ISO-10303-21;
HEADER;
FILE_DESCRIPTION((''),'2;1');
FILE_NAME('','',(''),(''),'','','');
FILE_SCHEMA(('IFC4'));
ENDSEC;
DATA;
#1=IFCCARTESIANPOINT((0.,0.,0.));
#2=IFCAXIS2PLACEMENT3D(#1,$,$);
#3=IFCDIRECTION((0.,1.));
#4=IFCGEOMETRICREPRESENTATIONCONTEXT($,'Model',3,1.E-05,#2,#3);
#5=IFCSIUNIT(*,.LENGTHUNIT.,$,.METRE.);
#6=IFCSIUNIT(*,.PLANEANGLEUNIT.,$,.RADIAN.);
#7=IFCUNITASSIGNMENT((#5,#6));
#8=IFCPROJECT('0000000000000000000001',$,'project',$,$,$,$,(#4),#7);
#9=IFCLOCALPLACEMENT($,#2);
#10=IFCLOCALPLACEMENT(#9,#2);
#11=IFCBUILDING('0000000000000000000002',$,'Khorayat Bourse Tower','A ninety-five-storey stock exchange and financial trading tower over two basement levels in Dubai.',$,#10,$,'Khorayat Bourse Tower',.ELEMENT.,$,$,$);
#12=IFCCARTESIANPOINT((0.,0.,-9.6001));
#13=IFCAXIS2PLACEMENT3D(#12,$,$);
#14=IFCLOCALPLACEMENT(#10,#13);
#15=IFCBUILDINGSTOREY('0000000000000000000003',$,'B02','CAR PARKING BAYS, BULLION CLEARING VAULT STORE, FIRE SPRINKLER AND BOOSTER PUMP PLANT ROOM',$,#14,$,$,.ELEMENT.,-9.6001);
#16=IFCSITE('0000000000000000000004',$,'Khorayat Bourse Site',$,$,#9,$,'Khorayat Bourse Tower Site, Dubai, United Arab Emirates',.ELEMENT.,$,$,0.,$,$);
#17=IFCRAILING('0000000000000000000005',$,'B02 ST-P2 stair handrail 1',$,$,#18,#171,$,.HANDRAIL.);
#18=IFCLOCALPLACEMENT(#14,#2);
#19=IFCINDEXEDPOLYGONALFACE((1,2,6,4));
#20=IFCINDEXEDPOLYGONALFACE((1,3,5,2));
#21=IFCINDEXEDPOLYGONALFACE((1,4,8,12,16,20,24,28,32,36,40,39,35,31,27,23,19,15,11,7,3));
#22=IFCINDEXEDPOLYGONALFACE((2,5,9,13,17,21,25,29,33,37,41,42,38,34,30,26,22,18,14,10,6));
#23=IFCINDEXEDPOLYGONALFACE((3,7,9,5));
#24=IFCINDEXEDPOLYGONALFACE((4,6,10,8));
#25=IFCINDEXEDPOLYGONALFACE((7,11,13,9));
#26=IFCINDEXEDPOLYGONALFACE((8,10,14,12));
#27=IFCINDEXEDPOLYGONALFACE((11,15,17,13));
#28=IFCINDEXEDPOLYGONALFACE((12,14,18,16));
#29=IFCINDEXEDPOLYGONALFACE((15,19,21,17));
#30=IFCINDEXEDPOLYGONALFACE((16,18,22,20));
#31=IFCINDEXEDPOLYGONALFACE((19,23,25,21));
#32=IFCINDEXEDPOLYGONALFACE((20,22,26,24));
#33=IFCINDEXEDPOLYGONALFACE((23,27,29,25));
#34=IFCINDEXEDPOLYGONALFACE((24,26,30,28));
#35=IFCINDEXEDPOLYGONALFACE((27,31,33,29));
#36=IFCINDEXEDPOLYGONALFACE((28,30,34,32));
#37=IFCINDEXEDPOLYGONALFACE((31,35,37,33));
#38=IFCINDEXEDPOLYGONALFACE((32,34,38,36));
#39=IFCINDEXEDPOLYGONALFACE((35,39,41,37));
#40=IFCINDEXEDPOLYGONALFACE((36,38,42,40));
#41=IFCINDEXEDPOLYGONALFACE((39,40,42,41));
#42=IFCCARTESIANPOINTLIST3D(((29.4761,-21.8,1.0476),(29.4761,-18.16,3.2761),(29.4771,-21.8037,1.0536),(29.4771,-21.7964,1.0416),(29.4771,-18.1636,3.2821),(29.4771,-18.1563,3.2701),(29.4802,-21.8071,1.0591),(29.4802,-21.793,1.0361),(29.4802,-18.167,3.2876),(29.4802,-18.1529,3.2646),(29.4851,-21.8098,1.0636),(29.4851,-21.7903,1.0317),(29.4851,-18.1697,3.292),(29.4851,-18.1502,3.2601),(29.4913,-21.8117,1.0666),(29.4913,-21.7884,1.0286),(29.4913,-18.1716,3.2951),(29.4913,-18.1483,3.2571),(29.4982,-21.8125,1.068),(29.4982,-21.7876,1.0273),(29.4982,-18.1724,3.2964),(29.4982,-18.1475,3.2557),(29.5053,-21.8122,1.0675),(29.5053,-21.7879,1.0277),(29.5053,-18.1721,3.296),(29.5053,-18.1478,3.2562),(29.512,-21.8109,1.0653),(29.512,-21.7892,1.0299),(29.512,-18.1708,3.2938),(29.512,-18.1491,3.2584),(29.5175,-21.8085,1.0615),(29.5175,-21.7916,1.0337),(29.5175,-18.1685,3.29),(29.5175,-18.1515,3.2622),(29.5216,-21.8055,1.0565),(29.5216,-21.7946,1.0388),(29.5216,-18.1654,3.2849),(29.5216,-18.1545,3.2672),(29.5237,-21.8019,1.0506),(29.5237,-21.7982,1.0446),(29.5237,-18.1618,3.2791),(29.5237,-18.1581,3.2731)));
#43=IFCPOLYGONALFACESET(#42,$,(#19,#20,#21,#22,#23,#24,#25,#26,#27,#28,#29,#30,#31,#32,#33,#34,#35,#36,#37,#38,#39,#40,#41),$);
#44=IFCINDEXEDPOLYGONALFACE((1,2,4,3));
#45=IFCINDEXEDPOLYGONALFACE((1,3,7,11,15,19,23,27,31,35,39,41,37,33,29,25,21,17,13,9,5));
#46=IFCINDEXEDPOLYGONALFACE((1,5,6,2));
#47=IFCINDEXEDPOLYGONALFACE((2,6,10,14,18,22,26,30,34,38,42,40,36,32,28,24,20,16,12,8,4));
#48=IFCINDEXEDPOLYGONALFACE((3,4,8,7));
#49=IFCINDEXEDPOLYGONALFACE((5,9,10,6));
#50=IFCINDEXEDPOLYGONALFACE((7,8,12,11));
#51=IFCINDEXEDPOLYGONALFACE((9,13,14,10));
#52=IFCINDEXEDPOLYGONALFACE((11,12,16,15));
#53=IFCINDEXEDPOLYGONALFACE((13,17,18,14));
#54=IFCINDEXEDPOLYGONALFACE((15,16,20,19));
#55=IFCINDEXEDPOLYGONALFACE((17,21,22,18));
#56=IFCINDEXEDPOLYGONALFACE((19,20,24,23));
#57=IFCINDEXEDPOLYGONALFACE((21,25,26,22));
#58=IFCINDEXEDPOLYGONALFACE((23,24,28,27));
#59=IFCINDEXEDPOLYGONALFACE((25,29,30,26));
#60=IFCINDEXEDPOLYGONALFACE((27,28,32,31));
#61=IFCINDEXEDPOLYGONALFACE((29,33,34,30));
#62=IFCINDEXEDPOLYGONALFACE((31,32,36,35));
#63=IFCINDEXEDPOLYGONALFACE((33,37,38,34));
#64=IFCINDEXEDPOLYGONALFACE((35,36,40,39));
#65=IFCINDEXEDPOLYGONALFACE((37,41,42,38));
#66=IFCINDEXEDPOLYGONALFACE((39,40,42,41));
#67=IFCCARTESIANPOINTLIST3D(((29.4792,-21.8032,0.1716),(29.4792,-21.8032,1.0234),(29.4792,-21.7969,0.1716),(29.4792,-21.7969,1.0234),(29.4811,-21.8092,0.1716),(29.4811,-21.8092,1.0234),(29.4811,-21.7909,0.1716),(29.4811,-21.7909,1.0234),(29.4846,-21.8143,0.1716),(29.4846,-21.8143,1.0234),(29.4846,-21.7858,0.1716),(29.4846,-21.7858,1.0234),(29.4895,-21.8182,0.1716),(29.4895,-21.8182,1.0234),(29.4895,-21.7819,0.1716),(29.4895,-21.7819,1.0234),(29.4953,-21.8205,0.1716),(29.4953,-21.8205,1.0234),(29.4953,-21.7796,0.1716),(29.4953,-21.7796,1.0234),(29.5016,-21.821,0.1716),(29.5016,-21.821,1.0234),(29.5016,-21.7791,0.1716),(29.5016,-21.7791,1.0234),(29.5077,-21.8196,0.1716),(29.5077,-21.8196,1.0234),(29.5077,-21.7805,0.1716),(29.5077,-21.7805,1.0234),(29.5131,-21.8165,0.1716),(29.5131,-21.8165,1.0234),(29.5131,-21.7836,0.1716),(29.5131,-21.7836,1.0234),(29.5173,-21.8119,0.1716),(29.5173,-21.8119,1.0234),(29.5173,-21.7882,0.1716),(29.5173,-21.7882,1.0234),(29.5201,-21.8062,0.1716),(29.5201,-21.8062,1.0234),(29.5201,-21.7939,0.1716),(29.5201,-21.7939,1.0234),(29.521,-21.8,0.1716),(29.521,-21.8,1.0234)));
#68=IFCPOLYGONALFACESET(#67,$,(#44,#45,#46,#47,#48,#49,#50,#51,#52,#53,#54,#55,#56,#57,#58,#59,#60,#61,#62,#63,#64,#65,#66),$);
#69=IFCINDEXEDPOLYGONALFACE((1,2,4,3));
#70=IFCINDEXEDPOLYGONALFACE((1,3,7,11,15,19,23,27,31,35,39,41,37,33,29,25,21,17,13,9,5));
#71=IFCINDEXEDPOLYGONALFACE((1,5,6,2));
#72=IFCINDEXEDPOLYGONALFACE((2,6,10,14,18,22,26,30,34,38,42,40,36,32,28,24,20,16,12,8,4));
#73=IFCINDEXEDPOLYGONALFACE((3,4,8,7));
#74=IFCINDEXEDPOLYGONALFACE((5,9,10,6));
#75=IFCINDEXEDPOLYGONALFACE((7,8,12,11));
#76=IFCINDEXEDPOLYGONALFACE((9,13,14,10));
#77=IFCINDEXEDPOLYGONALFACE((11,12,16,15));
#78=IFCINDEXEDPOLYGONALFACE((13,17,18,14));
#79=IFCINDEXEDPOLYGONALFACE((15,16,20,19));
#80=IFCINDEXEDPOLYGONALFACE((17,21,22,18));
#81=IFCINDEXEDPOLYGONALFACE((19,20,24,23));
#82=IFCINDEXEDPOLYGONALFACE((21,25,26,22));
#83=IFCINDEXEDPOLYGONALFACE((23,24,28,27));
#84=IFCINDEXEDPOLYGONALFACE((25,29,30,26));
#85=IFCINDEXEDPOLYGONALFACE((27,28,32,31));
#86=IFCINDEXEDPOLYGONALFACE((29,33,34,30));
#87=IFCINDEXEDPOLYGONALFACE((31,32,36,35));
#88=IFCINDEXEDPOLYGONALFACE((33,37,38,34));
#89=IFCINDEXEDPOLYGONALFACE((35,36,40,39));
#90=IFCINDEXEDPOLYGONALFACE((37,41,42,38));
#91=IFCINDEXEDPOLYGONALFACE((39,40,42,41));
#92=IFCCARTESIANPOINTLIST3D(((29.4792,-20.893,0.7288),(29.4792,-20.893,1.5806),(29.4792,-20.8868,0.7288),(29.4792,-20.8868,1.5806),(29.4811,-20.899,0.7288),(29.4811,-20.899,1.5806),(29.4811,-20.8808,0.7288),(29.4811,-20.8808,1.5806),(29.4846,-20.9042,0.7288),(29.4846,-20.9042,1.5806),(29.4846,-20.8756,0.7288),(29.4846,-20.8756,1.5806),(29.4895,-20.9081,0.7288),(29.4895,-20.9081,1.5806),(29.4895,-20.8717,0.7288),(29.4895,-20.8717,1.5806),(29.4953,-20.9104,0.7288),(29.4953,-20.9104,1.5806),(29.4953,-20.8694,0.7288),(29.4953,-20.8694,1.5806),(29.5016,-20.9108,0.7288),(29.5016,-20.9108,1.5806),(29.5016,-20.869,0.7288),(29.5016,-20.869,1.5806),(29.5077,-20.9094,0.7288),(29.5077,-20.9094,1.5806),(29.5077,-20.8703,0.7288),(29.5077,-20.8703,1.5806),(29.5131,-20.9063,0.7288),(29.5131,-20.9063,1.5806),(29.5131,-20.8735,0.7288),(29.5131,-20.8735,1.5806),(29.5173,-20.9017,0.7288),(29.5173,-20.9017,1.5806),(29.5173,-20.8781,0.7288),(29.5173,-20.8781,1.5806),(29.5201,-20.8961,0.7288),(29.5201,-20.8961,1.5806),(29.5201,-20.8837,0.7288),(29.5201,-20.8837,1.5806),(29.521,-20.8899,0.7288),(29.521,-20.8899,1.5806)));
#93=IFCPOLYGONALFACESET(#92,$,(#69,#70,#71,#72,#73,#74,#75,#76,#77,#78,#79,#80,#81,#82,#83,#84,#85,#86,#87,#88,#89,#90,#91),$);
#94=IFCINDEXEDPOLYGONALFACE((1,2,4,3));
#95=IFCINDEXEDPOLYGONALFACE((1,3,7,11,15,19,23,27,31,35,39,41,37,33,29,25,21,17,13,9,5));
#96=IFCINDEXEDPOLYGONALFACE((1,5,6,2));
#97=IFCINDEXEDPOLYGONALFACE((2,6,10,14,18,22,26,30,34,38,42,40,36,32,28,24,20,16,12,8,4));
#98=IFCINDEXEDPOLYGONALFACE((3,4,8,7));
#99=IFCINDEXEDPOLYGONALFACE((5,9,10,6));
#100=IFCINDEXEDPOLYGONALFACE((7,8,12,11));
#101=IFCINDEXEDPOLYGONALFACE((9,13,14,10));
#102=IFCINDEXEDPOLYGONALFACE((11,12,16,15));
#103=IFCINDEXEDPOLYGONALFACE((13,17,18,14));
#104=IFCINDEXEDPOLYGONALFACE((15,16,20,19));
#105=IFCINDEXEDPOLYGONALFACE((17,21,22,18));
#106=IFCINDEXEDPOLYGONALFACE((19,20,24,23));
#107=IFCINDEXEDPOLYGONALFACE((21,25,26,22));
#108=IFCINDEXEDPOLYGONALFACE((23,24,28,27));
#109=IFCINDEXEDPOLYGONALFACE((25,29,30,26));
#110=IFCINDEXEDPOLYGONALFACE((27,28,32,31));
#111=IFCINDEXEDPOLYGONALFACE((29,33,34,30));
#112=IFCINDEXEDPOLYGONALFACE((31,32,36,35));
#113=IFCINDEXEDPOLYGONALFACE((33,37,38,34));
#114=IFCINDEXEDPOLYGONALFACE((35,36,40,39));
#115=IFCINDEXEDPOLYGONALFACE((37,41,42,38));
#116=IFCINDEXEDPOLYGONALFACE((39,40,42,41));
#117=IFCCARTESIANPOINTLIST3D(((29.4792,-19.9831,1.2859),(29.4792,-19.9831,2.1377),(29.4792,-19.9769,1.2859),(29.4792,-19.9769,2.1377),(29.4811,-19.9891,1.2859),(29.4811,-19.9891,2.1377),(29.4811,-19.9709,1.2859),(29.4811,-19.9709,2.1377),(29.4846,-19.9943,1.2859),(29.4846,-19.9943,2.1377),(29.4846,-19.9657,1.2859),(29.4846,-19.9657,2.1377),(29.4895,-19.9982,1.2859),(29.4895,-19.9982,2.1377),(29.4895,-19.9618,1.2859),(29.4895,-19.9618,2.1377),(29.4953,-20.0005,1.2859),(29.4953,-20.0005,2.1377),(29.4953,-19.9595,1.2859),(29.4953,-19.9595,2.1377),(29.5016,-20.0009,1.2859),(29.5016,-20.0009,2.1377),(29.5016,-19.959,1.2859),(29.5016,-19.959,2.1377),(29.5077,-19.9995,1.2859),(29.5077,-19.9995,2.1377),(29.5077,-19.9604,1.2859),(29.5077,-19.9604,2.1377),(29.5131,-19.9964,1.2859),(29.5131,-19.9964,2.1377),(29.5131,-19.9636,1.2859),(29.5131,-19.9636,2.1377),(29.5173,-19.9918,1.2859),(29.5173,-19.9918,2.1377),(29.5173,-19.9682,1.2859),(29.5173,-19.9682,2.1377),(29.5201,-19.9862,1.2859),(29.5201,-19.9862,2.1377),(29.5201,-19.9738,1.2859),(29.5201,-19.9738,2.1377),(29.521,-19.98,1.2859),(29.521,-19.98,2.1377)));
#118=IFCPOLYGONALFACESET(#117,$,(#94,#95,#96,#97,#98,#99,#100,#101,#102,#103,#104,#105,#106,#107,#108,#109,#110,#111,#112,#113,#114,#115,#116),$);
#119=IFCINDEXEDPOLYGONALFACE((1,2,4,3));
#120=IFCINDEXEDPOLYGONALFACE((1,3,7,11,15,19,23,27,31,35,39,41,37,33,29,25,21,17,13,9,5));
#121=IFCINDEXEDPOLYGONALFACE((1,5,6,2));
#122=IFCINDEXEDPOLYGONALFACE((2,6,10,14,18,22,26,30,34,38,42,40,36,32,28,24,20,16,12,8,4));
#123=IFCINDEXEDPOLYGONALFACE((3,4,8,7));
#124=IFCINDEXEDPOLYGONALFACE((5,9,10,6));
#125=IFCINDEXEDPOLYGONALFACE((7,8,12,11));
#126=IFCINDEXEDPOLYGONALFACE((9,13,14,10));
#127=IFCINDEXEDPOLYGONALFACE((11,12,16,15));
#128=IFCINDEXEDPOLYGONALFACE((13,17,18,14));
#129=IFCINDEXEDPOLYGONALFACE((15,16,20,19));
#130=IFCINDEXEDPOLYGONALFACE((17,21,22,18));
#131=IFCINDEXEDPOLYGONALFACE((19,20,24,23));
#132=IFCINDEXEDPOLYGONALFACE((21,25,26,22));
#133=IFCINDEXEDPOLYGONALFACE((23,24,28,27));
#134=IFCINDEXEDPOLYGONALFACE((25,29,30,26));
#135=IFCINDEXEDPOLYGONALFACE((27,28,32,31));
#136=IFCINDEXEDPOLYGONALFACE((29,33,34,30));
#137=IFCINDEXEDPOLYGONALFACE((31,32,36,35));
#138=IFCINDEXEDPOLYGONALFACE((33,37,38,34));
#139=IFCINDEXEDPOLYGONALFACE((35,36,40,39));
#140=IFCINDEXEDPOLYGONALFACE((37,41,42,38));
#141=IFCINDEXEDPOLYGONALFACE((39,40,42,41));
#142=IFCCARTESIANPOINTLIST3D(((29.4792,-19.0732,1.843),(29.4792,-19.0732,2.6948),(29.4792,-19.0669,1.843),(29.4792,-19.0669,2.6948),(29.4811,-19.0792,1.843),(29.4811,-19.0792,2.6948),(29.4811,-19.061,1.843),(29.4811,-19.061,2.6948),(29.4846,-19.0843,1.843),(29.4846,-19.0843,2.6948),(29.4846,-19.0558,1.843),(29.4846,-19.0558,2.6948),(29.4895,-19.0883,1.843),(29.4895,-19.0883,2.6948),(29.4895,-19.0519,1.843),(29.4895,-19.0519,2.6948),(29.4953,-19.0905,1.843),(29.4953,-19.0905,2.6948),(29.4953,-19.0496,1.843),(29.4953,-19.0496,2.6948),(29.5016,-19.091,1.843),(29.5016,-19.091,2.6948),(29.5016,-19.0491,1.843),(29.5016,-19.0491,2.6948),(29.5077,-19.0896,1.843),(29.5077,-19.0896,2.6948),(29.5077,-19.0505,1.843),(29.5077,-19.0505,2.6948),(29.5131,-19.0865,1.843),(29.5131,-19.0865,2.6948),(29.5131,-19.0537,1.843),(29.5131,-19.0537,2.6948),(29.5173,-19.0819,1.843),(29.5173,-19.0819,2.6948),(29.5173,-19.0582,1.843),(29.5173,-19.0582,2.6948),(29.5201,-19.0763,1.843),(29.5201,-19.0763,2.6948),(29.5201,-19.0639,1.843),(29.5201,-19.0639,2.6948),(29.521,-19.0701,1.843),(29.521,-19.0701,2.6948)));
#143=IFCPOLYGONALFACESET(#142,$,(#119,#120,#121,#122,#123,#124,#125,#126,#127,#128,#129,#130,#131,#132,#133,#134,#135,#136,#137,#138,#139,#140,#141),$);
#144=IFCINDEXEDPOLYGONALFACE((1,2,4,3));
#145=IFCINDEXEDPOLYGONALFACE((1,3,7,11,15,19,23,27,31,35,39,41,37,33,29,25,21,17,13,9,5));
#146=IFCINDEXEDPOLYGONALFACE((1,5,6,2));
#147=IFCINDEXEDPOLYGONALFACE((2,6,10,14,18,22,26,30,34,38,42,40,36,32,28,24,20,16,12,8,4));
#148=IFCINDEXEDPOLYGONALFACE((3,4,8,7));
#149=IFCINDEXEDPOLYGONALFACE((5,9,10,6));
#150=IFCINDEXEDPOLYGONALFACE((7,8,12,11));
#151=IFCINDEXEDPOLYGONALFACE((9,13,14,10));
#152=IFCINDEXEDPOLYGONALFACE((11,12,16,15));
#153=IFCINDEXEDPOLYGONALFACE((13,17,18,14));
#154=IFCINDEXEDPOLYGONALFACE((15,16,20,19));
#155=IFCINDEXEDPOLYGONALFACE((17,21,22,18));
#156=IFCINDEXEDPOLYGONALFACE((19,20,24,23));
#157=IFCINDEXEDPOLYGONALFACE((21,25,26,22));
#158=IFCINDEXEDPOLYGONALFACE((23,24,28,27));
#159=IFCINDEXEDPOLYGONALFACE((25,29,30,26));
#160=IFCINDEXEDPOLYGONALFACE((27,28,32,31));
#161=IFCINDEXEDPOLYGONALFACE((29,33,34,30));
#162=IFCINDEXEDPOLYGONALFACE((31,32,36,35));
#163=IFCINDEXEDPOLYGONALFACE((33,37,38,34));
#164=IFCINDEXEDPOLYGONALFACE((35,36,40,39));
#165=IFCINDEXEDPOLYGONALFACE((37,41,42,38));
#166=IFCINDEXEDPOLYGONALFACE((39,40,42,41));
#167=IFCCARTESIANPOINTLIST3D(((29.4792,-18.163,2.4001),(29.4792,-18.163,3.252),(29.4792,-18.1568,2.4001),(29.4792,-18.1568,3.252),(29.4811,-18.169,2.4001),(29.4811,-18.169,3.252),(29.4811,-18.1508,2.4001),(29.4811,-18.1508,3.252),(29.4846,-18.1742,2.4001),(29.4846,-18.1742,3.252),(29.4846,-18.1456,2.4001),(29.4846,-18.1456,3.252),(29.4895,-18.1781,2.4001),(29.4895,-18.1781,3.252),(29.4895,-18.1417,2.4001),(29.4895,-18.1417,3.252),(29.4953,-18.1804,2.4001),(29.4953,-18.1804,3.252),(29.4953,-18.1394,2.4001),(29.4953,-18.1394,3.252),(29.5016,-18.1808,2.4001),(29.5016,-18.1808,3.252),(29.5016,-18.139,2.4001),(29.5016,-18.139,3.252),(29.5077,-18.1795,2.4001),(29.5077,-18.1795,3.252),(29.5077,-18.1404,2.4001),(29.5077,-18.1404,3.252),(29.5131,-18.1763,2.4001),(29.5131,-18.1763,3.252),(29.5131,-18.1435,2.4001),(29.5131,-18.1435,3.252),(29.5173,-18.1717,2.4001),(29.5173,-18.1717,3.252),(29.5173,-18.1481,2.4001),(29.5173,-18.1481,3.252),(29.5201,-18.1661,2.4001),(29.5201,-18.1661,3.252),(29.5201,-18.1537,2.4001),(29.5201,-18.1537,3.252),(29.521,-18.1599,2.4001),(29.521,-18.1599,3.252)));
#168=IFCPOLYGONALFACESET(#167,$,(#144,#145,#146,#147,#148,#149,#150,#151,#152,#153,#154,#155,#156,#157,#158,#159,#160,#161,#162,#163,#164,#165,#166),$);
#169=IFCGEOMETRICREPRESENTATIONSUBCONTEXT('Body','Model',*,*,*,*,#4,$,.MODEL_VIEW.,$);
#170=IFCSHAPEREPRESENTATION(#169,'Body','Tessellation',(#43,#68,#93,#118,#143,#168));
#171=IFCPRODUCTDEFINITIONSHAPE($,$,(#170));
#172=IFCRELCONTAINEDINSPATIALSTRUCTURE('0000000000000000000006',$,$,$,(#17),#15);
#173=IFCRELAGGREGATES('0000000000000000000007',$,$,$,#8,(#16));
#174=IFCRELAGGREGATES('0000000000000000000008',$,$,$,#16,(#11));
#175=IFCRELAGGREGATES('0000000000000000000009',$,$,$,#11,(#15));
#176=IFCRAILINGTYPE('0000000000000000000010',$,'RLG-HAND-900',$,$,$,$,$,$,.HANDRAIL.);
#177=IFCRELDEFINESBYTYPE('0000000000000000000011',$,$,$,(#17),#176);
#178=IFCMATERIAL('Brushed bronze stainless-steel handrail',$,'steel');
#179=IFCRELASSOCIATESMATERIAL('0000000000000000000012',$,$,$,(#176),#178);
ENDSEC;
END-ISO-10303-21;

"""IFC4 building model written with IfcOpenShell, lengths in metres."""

from ifc_helpers import new_model, si_unit, direction, frame, origin, origin_2d, place, context, subcontext, project, spatial, circle, extrude, source, transform, mapped, material, type_object, element, save


model = new_model("IFC4")

# Units and contexts
model_context = context("Model", 3, precision=1e-05, world=origin(), true_north=direction((0.0, 1.0)))
body_context = subcontext(model_context, "Body", "Model", "MODEL_VIEW")
ifc_project = project(units=[si_unit("LENGTHUNIT", "METRE"), si_unit("PLANEANGLEUNIT", "RADIAN")], contexts=[model_context])

# Site, building, storey
site_placement = place(None, origin())
site = spatial("IfcSite", under=ifc_project, at=site_placement, Name="Khorayat Bourse Site", LongName="Khorayat Bourse Tower Site, Dubai, United Arab Emirates", CompositionType="ELEMENT", RefElevation=0.0)
building_placement = place(site_placement, origin())
building = spatial("IfcBuilding", under=site, at=building_placement, Name="Khorayat Bourse Tower", Description="A ninety-five-storey stock exchange and financial trading tower over two basement levels in Dubai.", LongName="Khorayat Bourse Tower", CompositionType="ELEMENT")
storey_placement = place(building_placement, frame((0.0, 0.0, -9.6001)))
storey = spatial("IfcBuildingStorey", under=building, at=storey_placement, Name="B02", Description="CAR PARKING BAYS, BULLION CLEARING VAULT STORE, FIRE SPRINKLER AND BOOSTER PUMP PLANT ROOM", CompositionType="ELEMENT", Elevation=-9.6001)

# Railing
ifc_material_1 = material(Name="Brushed bronze stainless-steel handrail", Category="steel")
railing_type_1 = type_object("IfcRailingType", Name="RLG-HAND-900", PredefinedType="HANDRAIL", material=ifc_material_1)
shared_shape_1 = source(origin(), body_context, "Body", "SweptSolid", [
    extrude(circle(Radius=0.0239, at=origin_2d()), frame((0.0, 0.0, 0.876), z_axis=(0.0, 0.852866, 0.52213), x_axis=(-1.0, 0.0, 0.0)), (0.0, 0.0, 1.0), 4.2681),
    extrude(circle(Radius=0.021, at=origin_2d()), origin(), (0.0, 0.0, 1.0), 0.8518),
    extrude(circle(Radius=0.021, at=origin_2d()), frame((0.0, 0.9102, 0.5571)), (0.0, 0.0, 1.0), 0.8518),
    extrude(circle(Radius=0.021, at=origin_2d()), frame((0.0, 1.8201, 1.1143)), (0.0, 0.0, 1.0), 0.8518),
    extrude(circle(Radius=0.021, at=origin_2d()), frame((0.0, 2.73, 1.6714)), (0.0, 0.0, 1.0), 0.8518),
    extrude(circle(Radius=0.021, at=origin_2d()), frame((0.0, 3.6401, 2.2285)), (0.0, 0.0, 1.0), 0.8518),
])
railing_1_placement = place(storey_placement, frame((29.5, -21.8, 0.1716)))
element("IfcRailing", 1, at=railing_1_placement, inside=storey, type_object=railing_type_1, Name="B02 ST-P2 stair handrail 1", PredefinedType="HANDRAIL", context=body_context, shape_type="MappedRepresentation", body=[
    mapped(shared_shape_1, transform((0.0, 0.0, 0.0), scale=1.0)),
])

save(model, "model.ifc")
